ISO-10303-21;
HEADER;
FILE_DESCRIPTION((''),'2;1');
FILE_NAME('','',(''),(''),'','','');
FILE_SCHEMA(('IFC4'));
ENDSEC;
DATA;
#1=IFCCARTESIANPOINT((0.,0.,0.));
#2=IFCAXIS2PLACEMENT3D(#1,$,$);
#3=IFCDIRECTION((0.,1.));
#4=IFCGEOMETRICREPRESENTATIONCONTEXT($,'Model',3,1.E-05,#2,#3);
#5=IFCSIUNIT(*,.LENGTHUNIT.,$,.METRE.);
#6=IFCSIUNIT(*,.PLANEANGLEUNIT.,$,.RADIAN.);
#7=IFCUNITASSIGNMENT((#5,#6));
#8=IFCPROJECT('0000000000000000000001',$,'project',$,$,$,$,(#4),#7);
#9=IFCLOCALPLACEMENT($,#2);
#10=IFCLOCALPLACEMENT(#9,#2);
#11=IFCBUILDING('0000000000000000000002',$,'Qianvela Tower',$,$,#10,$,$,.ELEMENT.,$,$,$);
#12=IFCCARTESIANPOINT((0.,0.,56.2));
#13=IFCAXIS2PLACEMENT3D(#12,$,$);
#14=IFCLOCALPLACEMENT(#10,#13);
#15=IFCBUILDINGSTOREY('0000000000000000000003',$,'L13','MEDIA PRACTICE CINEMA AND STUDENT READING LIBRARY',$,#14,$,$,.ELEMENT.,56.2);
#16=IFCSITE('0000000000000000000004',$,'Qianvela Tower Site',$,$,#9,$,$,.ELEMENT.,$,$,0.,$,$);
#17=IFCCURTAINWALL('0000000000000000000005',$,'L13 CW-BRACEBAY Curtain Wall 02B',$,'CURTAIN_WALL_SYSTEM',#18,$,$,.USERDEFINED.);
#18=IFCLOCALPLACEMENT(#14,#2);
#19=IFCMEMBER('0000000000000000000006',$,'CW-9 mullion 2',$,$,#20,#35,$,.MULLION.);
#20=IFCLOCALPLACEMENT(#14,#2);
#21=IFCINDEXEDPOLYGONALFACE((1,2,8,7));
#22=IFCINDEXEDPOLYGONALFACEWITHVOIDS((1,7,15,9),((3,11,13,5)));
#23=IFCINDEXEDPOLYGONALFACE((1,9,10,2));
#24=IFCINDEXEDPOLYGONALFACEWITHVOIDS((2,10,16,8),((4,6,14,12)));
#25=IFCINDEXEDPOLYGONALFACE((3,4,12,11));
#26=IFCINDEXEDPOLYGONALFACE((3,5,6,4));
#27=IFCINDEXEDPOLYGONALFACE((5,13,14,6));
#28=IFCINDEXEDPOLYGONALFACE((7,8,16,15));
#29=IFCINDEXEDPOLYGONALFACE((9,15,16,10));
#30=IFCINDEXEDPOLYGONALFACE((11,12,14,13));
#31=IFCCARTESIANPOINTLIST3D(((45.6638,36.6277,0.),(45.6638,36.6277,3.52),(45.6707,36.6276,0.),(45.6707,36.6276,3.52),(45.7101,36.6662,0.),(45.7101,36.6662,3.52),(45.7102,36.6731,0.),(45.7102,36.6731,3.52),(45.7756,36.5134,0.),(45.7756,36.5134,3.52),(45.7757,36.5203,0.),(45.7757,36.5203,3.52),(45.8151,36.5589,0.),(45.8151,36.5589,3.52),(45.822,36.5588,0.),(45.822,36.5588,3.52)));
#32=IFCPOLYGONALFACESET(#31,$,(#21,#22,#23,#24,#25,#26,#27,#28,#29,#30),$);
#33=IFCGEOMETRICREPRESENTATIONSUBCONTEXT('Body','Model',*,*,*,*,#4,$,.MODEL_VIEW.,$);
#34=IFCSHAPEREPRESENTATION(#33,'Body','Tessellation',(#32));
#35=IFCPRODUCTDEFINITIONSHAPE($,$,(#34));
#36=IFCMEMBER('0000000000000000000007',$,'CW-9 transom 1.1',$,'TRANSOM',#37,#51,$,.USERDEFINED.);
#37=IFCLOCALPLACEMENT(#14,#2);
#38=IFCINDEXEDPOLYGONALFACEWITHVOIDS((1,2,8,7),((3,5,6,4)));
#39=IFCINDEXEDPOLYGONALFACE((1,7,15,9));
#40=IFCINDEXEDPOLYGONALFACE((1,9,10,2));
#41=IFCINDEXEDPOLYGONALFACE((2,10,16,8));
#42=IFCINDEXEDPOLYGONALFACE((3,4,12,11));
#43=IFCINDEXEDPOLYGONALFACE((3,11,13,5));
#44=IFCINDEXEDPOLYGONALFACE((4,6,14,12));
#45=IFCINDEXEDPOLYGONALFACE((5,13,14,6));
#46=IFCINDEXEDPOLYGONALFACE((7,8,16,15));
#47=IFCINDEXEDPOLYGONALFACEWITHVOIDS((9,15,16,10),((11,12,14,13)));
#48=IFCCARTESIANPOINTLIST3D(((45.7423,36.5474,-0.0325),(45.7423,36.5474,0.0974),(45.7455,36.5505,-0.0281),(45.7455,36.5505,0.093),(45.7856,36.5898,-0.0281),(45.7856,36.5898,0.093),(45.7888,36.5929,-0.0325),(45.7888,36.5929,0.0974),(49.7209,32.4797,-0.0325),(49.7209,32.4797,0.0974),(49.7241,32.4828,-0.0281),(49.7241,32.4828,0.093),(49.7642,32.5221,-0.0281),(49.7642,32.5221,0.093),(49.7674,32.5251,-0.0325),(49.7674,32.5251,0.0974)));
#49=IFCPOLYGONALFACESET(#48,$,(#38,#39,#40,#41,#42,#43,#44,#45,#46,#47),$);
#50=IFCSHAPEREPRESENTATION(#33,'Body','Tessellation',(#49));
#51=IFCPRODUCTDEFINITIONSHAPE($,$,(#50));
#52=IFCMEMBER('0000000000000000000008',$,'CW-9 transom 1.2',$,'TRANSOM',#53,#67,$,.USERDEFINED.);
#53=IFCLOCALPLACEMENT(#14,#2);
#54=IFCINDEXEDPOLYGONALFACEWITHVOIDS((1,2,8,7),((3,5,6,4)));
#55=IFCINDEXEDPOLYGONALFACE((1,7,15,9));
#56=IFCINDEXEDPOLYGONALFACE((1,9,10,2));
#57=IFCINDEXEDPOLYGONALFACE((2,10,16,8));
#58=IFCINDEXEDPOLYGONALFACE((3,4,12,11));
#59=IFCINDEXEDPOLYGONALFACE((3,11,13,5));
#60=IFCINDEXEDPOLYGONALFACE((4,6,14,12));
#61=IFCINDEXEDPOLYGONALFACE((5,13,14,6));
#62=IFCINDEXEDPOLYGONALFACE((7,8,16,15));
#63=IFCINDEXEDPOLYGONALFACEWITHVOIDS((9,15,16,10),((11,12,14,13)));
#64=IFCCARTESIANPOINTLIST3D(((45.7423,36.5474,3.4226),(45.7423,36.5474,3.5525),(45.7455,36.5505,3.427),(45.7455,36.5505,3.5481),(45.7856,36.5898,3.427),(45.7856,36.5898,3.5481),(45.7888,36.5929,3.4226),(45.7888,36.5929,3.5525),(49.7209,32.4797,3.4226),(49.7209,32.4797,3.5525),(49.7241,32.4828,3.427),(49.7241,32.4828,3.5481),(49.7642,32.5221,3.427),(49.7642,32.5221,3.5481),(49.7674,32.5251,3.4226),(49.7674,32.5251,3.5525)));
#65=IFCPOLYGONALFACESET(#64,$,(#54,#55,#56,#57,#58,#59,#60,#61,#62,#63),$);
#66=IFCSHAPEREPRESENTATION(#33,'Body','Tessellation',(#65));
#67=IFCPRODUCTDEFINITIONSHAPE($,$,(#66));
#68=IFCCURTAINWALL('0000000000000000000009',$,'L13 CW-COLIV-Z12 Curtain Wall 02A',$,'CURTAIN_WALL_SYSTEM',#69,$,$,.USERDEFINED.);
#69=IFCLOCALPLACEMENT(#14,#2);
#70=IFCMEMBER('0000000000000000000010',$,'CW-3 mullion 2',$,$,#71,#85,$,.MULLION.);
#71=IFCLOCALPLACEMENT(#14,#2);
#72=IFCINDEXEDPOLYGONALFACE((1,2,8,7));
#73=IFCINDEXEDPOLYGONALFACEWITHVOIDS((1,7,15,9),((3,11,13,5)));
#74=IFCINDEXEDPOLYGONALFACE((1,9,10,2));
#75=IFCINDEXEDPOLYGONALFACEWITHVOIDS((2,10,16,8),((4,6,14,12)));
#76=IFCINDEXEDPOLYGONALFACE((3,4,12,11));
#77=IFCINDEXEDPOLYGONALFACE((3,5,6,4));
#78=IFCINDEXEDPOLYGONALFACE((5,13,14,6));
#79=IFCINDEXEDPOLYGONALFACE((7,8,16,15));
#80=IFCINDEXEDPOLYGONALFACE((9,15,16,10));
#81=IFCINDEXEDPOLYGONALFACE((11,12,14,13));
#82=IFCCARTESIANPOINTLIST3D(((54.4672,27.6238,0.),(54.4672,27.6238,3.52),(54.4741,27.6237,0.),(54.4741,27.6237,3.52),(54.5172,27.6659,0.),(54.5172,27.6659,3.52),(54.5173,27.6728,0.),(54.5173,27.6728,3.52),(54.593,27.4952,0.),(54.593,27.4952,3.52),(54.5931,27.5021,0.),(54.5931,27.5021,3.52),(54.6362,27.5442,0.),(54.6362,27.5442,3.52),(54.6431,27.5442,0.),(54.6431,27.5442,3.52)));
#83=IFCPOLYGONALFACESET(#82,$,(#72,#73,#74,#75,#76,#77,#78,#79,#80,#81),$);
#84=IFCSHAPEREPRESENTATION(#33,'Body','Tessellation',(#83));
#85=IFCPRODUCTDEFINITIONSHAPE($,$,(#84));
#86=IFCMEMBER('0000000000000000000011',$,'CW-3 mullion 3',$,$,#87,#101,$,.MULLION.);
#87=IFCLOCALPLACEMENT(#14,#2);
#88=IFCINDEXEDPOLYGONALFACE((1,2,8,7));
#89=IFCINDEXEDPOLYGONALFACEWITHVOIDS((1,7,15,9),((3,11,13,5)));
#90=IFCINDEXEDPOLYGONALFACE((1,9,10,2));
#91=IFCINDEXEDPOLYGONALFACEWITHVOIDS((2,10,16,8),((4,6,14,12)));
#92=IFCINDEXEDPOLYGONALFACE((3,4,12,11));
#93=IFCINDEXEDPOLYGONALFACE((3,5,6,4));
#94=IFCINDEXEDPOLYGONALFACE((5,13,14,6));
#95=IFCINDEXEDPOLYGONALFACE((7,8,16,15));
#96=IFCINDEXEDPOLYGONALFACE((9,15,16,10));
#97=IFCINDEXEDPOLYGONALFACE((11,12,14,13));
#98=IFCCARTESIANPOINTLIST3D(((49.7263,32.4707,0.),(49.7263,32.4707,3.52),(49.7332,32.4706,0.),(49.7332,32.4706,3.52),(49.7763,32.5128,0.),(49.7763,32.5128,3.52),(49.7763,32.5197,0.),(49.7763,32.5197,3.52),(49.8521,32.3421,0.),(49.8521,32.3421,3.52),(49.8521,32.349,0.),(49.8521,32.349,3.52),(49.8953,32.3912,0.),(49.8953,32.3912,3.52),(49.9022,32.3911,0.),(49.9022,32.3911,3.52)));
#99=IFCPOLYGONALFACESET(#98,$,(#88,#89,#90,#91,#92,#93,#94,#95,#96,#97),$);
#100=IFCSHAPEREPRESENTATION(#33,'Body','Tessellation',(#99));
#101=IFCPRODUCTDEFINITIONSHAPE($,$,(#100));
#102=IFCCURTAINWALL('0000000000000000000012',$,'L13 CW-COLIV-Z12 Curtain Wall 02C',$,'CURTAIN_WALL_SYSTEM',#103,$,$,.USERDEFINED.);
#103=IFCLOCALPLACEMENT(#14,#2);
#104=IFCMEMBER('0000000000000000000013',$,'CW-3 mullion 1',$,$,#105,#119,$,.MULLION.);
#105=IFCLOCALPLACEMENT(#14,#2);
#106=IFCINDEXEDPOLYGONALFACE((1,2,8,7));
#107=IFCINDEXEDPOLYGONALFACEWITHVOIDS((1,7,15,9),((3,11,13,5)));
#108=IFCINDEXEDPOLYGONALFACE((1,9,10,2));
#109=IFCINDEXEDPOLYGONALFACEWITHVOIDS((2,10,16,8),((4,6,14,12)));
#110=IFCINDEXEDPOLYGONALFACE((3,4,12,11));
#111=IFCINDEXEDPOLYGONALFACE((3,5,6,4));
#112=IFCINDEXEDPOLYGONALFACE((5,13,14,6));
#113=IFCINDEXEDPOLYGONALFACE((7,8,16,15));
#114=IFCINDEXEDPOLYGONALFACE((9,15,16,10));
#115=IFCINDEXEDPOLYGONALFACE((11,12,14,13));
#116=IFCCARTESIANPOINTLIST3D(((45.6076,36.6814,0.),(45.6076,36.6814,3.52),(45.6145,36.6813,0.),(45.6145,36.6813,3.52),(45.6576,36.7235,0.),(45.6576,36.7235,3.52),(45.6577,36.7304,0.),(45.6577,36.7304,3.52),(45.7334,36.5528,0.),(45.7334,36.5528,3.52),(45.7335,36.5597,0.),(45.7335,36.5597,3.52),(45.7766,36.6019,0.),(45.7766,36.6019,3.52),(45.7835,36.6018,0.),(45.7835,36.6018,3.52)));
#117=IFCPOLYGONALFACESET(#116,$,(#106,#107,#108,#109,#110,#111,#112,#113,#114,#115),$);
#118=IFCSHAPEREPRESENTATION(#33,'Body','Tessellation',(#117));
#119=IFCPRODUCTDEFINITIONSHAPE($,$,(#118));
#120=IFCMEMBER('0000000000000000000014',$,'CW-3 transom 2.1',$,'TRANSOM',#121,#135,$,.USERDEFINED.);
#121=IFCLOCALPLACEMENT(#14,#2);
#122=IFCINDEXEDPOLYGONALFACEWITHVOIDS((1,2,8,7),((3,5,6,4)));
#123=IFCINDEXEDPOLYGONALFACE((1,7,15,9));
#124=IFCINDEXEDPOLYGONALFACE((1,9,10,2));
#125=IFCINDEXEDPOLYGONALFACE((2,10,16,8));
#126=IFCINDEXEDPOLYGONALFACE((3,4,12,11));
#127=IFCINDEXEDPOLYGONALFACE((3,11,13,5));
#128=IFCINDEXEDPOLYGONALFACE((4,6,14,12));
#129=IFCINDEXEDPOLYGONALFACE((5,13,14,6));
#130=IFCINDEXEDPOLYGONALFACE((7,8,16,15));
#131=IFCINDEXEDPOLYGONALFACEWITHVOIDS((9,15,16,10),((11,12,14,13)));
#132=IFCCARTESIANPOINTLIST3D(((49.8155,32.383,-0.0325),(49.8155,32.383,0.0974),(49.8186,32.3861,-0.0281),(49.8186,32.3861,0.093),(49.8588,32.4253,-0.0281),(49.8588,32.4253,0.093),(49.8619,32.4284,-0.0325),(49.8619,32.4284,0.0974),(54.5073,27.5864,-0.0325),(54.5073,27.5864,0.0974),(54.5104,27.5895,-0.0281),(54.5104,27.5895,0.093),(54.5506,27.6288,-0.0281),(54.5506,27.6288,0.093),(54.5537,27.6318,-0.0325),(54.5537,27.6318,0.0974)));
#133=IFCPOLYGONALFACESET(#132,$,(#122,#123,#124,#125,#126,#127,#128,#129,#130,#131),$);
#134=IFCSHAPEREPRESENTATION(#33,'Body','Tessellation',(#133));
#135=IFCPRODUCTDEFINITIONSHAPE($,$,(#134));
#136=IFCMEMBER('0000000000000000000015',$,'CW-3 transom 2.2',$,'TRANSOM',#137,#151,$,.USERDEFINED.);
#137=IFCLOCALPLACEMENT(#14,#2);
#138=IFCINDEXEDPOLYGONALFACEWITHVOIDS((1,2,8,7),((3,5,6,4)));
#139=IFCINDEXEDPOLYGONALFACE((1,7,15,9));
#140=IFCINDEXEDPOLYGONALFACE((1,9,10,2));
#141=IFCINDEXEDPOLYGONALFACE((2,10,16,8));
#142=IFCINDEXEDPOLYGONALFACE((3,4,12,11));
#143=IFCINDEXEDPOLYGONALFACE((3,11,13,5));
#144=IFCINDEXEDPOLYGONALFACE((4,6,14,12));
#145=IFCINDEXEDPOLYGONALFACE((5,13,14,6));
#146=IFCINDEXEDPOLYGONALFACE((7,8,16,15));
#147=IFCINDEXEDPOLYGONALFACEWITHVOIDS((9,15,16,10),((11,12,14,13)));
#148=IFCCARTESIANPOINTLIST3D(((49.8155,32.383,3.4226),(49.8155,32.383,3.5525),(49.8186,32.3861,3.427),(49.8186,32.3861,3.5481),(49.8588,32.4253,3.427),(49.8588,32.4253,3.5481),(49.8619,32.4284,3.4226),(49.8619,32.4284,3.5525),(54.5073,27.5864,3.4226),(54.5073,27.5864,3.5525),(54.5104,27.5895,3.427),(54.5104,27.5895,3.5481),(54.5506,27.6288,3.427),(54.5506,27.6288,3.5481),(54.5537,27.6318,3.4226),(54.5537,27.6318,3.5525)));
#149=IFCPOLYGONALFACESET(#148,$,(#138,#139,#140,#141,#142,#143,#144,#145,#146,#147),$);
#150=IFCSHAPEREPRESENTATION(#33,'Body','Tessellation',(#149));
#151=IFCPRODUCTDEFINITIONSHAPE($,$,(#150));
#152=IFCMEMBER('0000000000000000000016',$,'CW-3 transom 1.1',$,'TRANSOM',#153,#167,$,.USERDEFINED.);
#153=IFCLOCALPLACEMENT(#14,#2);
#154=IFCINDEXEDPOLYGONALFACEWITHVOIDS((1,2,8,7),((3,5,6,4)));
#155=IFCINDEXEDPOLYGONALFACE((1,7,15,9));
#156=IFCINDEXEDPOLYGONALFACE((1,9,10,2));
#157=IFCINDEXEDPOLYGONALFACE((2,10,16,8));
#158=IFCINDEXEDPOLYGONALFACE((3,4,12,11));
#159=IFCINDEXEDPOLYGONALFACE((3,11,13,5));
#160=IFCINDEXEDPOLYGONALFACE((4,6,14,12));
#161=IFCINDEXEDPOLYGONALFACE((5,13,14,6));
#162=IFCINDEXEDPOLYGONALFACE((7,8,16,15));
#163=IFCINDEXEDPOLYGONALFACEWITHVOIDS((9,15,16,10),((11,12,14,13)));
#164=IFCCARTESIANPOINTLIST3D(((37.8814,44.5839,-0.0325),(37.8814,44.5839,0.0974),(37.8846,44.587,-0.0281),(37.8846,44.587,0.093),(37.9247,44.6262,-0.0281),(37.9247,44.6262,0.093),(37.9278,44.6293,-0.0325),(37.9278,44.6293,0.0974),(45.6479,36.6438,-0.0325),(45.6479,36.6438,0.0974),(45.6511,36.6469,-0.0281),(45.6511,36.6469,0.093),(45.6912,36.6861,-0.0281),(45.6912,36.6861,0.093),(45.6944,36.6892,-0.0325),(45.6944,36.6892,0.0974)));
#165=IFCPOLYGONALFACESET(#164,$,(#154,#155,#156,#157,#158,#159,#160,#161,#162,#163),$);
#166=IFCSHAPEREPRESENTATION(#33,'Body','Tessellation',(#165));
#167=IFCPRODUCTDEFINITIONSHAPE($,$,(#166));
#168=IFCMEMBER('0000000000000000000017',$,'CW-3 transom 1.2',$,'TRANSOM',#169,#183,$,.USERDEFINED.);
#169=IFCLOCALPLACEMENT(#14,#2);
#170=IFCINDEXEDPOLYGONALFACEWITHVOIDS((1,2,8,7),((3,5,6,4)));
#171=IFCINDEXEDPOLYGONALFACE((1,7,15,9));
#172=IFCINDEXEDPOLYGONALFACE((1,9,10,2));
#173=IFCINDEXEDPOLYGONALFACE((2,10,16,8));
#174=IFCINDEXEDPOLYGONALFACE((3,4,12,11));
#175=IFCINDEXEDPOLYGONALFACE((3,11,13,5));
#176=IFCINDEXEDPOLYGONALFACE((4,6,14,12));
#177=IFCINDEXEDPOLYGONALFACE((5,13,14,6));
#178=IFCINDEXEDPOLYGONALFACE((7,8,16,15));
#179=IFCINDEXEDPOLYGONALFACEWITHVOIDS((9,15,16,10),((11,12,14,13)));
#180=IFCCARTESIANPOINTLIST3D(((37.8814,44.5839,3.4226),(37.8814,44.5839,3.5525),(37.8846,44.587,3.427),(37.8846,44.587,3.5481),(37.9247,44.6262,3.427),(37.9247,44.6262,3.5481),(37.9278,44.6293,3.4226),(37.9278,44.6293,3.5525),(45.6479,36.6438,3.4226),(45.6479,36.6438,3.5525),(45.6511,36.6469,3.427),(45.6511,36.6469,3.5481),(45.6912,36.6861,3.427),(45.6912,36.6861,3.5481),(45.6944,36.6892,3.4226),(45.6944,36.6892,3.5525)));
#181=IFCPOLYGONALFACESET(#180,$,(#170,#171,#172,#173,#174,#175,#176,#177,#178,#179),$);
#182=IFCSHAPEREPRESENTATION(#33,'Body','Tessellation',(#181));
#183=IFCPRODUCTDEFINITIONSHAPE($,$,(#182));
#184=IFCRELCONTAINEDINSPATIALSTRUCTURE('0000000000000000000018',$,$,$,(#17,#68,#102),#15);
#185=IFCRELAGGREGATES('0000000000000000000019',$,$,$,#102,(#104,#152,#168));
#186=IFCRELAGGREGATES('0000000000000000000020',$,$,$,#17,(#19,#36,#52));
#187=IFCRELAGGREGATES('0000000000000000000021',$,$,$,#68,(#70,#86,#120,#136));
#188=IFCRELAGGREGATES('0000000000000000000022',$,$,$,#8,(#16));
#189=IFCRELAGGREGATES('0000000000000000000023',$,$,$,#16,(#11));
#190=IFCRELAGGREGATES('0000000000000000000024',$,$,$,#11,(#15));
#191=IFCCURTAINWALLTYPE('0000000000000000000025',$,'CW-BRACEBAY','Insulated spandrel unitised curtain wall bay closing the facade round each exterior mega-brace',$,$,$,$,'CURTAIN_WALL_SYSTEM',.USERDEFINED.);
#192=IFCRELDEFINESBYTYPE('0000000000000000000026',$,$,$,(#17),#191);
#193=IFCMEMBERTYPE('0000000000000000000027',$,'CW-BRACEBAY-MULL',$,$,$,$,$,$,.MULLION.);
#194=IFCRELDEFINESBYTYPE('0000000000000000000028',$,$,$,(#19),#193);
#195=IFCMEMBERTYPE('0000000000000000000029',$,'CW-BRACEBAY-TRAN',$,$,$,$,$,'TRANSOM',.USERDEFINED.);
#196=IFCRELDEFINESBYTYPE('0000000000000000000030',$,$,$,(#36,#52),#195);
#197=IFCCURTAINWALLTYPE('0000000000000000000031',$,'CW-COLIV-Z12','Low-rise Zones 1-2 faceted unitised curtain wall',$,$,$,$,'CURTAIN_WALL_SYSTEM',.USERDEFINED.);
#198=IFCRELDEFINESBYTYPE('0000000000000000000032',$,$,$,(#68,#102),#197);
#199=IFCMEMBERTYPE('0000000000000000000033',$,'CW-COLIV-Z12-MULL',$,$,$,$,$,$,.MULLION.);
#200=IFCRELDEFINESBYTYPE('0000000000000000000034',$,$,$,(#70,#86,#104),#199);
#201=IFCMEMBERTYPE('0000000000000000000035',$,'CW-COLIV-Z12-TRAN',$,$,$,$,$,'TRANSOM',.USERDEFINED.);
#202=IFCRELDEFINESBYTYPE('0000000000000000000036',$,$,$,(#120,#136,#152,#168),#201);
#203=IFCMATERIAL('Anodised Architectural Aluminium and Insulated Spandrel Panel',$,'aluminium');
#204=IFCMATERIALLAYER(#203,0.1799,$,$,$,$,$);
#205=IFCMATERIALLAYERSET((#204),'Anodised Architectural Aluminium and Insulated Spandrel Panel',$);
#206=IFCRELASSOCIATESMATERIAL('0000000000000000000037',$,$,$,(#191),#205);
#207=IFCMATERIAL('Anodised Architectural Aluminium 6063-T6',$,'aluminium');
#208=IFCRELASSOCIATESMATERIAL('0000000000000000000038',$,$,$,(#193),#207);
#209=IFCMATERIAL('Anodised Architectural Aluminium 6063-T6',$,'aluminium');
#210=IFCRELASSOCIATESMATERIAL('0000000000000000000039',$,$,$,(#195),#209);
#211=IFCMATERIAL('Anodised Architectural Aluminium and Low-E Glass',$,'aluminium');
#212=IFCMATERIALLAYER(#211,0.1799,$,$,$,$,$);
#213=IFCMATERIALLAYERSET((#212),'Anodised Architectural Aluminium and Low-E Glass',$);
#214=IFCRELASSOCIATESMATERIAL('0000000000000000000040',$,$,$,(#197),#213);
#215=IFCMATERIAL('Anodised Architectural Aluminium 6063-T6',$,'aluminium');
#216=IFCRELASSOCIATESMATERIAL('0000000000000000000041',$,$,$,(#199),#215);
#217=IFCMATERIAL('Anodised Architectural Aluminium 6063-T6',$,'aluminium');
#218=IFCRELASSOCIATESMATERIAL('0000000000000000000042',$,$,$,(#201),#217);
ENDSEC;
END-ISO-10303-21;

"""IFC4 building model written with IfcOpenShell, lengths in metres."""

from ifc_helpers import new_model, si_unit, direction, frame, origin, origin_2d, place, context, subcontext, project, spatial, hollow_rectangle, extrude, material, layer, layer_set, material_profile, profile_set, type_object, element, aggregate, save


model = new_model("IFC4")

# Units and contexts
model_context = context("Model", 3, precision=1e-05, world=origin(), true_north=direction((0.0, 1.0)))
body_context = subcontext(model_context, "Body", "Model", "MODEL_VIEW")
ifc_project = project(units=[si_unit("LENGTHUNIT", "METRE"), si_unit("PLANEANGLEUNIT", "RADIAN")], contexts=[model_context])

# Site, building, storey
site_placement = place(None, origin())
site = spatial("IfcSite", under=ifc_project, at=site_placement, Name="Qianvela Tower Site", CompositionType="ELEMENT", RefElevation=0.0)
building_placement = place(site_placement, origin())
building = spatial("IfcBuilding", under=site, at=building_placement, Name="Qianvela Tower", CompositionType="ELEMENT")
storey_placement = place(building_placement, frame((0.0, 0.0, 56.2)))
storey = spatial("IfcBuildingStorey", under=building, at=storey_placement, Name="L13", Description="MEDIA PRACTICE CINEMA AND STUDENT READING LIBRARY", CompositionType="ELEMENT", Elevation=56.2)

# Curtain walls, members
ifc_material_1 = material(Name="Anodised Architectural Aluminium and Insulated Spandrel Panel", Category="aluminium")
ifc_layer_1 = layer(ifc_material_1, 0.1799)
ifc_layer_set_1 = layer_set([ifc_layer_1], Name="Anodised Architectural Aluminium and Insulated Spandrel Panel")
curtain_wall_type_1 = type_object("IfcCurtainWallType", Name="CW-BRACEBAY", Description="Insulated spandrel unitised curtain wall bay closing the facade round each exterior mega-brace", ElementType="CURTAIN_WALL_SYSTEM", PredefinedType="USERDEFINED", material=ifc_layer_set_1)
curtain_wall_1_placement = place(storey_placement, origin())
curtain_wall_1 = element("IfcCurtainWall", 1, at=curtain_wall_1_placement, inside=storey, type_object=curtain_wall_type_1, Name="L13 CW-BRACEBAY Curtain Wall 02B", ObjectType="CURTAIN_WALL_SYSTEM", PredefinedType="USERDEFINED")
ifc_material_2 = material(Name="Anodised Architectural Aluminium 6063-T6", Category="aluminium")
ifc_material_profile_1 = material_profile(ifc_material_2, hollow_rectangle(XDim=0.0649, YDim=0.1599, WallThickness=0.0049, at=origin_2d()), Name="ALU-MULL-65x160")
ifc_profile_set_1 = profile_set([ifc_material_profile_1], Name="Anodised Architectural Aluminium 6063-T6")
member_type_1 = type_object("IfcMemberType", Name="CW-BRACEBAY-MULL", PredefinedType="MULLION", material=ifc_profile_set_1)
member_1_placement = place(storey_placement, frame((45.7429, 36.5933, 0.0), z_axis=(0.0, 0.0, 1.0), x_axis=(-0.714881, -0.699246, 0.0)))
member_1 = element("IfcMember", 2, at=member_1_placement, type_object=member_type_1, Name="CW-9 mullion 2", PredefinedType="MULLION", context=body_context, shape_type="SweptSolid", body=[
    extrude(hollow_rectangle(XDim=0.0649, YDim=0.1599, WallThickness=0.0049, at=origin_2d()), origin(), (0.0, 0.0, 1.0), 3.52),
])
ifc_material_3 = material(Name="Anodised Architectural Aluminium 6063-T6", Category="aluminium")
ifc_material_profile_2 = material_profile(ifc_material_3, hollow_rectangle(XDim=0.0649, YDim=0.1299, WallThickness=0.0044, at=origin_2d()), Name="ALU-TRAN-65x130")
ifc_profile_set_2 = profile_set([ifc_material_profile_2], Name="Anodised Architectural Aluminium 6063-T6")
member_type_2 = type_object("IfcMemberType", Name="CW-BRACEBAY-TRAN", ElementType="TRANSOM", PredefinedType="USERDEFINED", material=ifc_profile_set_2)
member_2_placement = place(storey_placement, frame((49.7441, 32.5024, 0.0325), z_axis=(-0.699233, 0.714894, 0.0), x_axis=(-0.714894, -0.699233, 0.0)))
member_2 = element("IfcMember", 3, at=member_2_placement, type_object=member_type_2, Name="CW-9 transom 1.1", ObjectType="TRANSOM", PredefinedType="USERDEFINED", context=body_context, shape_type="SweptSolid", body=[
    extrude(hollow_rectangle(XDim=0.0649, YDim=0.1299, WallThickness=0.0044, at=origin_2d()), origin(), (0.0, 0.0, 1.0), 5.6899),
])
member_3_placement = place(storey_placement, frame((49.7441, 32.5024, 3.4875), z_axis=(-0.699233, 0.714894, 0.0), x_axis=(-0.714894, -0.699233, 0.0)))
member_3 = element("IfcMember", 4, at=member_3_placement, type_object=member_type_2, Name="CW-9 transom 1.2", ObjectType="TRANSOM", PredefinedType="USERDEFINED", context=body_context, shape_type="SweptSolid", body=[
    extrude(hollow_rectangle(XDim=0.0649, YDim=0.1299, WallThickness=0.0044, at=origin_2d()), origin(), (0.0, 0.0, 1.0), 5.6899),
])
ifc_material_4 = material(Name="Anodised Architectural Aluminium and Low-E Glass", Category="aluminium")
ifc_layer_2 = layer(ifc_material_4, 0.1799)
ifc_layer_set_2 = layer_set([ifc_layer_2], Name="Anodised Architectural Aluminium and Low-E Glass")
curtain_wall_type_2 = type_object("IfcCurtainWallType", Name="CW-COLIV-Z12", Description="Low-rise Zones 1-2 faceted unitised curtain wall", ElementType="CURTAIN_WALL_SYSTEM", PredefinedType="USERDEFINED", material=ifc_layer_set_2)
curtain_wall_2_placement = place(storey_placement, origin())
curtain_wall_2 = element("IfcCurtainWall", 5, at=curtain_wall_2_placement, inside=storey, type_object=curtain_wall_type_2, Name="L13 CW-COLIV-Z12 Curtain Wall 02A", ObjectType="CURTAIN_WALL_SYSTEM", PredefinedType="USERDEFINED")
ifc_material_5 = material(Name="Anodised Architectural Aluminium 6063-T6", Category="aluminium")
ifc_material_profile_3 = material_profile(ifc_material_5, hollow_rectangle(XDim=0.0701, YDim=0.1799, WallThickness=0.0049, at=origin_2d()), Name="ALU-MULL-70x180")
ifc_profile_set_3 = profile_set([ifc_material_profile_3], Name="Anodised Architectural Aluminium 6063-T6")
member_type_3 = type_object("IfcMemberType", Name="CW-COLIV-Z12-MULL", PredefinedType="MULLION", material=ifc_profile_set_3)
member_4_placement = place(storey_placement, frame((54.5552, 27.584, 0.0), z_axis=(0.0, 0.0, 1.0), x_axis=(-0.714877, -0.69925, 0.0)))
member_4 = element("IfcMember", 6, at=member_4_placement, type_object=member_type_3, Name="CW-3 mullion 2", PredefinedType="MULLION", context=body_context, shape_type="SweptSolid", body=[
    extrude(hollow_rectangle(XDim=0.0701, YDim=0.1799, WallThickness=0.0049, at=origin_2d()), origin(), (0.0, 0.0, 1.0), 3.52),
])
member_5_placement = place(storey_placement, frame((49.8142, 32.4309, 0.0), z_axis=(0.0, 0.0, 1.0), x_axis=(-0.714877, -0.69925, 0.0)))
member_5 = element("IfcMember", 7, at=member_5_placement, type_object=member_type_3, Name="CW-3 mullion 3", PredefinedType="MULLION", context=body_context, shape_type="SweptSolid", body=[
    extrude(hollow_rectangle(XDim=0.0701, YDim=0.1799, WallThickness=0.0049, at=origin_2d()), origin(), (0.0, 0.0, 1.0), 3.52),
])

# Curtain wall, member
curtain_wall_3_placement = place(storey_placement, origin())
curtain_wall_3 = element("IfcCurtainWall", 8, at=curtain_wall_3_placement, inside=storey, type_object=curtain_wall_type_2, Name="L13 CW-COLIV-Z12 Curtain Wall 02C", ObjectType="CURTAIN_WALL_SYSTEM", PredefinedType="USERDEFINED")
member_6_placement = place(storey_placement, frame((45.6956, 36.6416, 0.0), z_axis=(0.0, 0.0, 1.0), x_axis=(-0.714879, -0.699248, 0.0)))
member_6 = element("IfcMember", 9, at=member_6_placement, type_object=member_type_3, Name="CW-3 mullion 1", PredefinedType="MULLION", context=body_context, shape_type="SweptSolid", body=[
    extrude(hollow_rectangle(XDim=0.0701, YDim=0.1799, WallThickness=0.0049, at=origin_2d()), origin(), (0.0, 0.0, 1.0), 3.52),
])

# Members
ifc_material_6 = material(Name="Anodised Architectural Aluminium 6063-T6", Category="aluminium")
ifc_material_profile_4 = material_profile(ifc_material_6, hollow_rectangle(XDim=0.0649, YDim=0.1299, WallThickness=0.0044, at=origin_2d()), Name="ALU-TRAN-65x130")
ifc_profile_set_4 = profile_set([ifc_material_profile_4], Name="Anodised Architectural Aluminium 6063-T6")
member_type_4 = type_object("IfcMemberType", Name="CW-COLIV-Z12-TRAN", ElementType="TRANSOM", PredefinedType="USERDEFINED", material=ifc_profile_set_4)
member_7_placement = place(storey_placement, frame((54.5305, 27.6091, 0.0325), z_axis=(-0.699259, 0.714868, 0.0), x_axis=(-0.714868, -0.699259, 0.0)))
member_7 = element("IfcMember", 10, at=member_7_placement, type_object=member_type_4, Name="CW-3 transom 2.1", ObjectType="TRANSOM", PredefinedType="USERDEFINED", context=body_context, shape_type="SweptSolid", body=[
    extrude(hollow_rectangle(XDim=0.0649, YDim=0.1299, WallThickness=0.0044, at=origin_2d()), origin(), (0.0, 0.0, 1.0), 6.7097),
])
member_8_placement = place(storey_placement, frame((54.5305, 27.6091, 3.4875), z_axis=(-0.699259, 0.714868, 0.0), x_axis=(-0.714868, -0.699259, 0.0)))
member_8 = element("IfcMember", 11, at=member_8_placement, type_object=member_type_4, Name="CW-3 transom 2.2", ObjectType="TRANSOM", PredefinedType="USERDEFINED", context=body_context, shape_type="SweptSolid", body=[
    extrude(hollow_rectangle(XDim=0.0649, YDim=0.1299, WallThickness=0.0044, at=origin_2d()), origin(), (0.0, 0.0, 1.0), 6.7097),
])
member_9_placement = place(storey_placement, frame((45.6711, 36.6665, 0.0325), z_axis=(-0.699249, 0.714878, 0.0), x_axis=(-0.714878, -0.699249, 0.0)))
member_9 = element("IfcMember", 12, at=member_9_placement, type_object=member_type_4, Name="CW-3 transom 1.1", ObjectType="TRANSOM", PredefinedType="USERDEFINED", context=body_context, shape_type="SweptSolid", body=[
    extrude(hollow_rectangle(XDim=0.0649, YDim=0.1299, WallThickness=0.0044, at=origin_2d()), origin(), (0.0, 0.0, 1.0), 11.1069),
])
member_10_placement = place(storey_placement, frame((45.6711, 36.6665, 3.4875), z_axis=(-0.699249, 0.714878, 0.0), x_axis=(-0.714878, -0.699249, 0.0)))
member_10 = element("IfcMember", 13, at=member_10_placement, type_object=member_type_4, Name="CW-3 transom 1.2", ObjectType="TRANSOM", PredefinedType="USERDEFINED", context=body_context, shape_type="SweptSolid", body=[
    extrude(hollow_rectangle(XDim=0.0649, YDim=0.1299, WallThickness=0.0044, at=origin_2d()), origin(), (0.0, 0.0, 1.0), 11.1069),
])
aggregate(curtain_wall_3, [member_6, member_9, member_10])

aggregate(curtain_wall_1, [member_1, member_2, member_3])
aggregate(curtain_wall_2, [member_4, member_5, member_7, member_8])

save(model, "model.ifc")
